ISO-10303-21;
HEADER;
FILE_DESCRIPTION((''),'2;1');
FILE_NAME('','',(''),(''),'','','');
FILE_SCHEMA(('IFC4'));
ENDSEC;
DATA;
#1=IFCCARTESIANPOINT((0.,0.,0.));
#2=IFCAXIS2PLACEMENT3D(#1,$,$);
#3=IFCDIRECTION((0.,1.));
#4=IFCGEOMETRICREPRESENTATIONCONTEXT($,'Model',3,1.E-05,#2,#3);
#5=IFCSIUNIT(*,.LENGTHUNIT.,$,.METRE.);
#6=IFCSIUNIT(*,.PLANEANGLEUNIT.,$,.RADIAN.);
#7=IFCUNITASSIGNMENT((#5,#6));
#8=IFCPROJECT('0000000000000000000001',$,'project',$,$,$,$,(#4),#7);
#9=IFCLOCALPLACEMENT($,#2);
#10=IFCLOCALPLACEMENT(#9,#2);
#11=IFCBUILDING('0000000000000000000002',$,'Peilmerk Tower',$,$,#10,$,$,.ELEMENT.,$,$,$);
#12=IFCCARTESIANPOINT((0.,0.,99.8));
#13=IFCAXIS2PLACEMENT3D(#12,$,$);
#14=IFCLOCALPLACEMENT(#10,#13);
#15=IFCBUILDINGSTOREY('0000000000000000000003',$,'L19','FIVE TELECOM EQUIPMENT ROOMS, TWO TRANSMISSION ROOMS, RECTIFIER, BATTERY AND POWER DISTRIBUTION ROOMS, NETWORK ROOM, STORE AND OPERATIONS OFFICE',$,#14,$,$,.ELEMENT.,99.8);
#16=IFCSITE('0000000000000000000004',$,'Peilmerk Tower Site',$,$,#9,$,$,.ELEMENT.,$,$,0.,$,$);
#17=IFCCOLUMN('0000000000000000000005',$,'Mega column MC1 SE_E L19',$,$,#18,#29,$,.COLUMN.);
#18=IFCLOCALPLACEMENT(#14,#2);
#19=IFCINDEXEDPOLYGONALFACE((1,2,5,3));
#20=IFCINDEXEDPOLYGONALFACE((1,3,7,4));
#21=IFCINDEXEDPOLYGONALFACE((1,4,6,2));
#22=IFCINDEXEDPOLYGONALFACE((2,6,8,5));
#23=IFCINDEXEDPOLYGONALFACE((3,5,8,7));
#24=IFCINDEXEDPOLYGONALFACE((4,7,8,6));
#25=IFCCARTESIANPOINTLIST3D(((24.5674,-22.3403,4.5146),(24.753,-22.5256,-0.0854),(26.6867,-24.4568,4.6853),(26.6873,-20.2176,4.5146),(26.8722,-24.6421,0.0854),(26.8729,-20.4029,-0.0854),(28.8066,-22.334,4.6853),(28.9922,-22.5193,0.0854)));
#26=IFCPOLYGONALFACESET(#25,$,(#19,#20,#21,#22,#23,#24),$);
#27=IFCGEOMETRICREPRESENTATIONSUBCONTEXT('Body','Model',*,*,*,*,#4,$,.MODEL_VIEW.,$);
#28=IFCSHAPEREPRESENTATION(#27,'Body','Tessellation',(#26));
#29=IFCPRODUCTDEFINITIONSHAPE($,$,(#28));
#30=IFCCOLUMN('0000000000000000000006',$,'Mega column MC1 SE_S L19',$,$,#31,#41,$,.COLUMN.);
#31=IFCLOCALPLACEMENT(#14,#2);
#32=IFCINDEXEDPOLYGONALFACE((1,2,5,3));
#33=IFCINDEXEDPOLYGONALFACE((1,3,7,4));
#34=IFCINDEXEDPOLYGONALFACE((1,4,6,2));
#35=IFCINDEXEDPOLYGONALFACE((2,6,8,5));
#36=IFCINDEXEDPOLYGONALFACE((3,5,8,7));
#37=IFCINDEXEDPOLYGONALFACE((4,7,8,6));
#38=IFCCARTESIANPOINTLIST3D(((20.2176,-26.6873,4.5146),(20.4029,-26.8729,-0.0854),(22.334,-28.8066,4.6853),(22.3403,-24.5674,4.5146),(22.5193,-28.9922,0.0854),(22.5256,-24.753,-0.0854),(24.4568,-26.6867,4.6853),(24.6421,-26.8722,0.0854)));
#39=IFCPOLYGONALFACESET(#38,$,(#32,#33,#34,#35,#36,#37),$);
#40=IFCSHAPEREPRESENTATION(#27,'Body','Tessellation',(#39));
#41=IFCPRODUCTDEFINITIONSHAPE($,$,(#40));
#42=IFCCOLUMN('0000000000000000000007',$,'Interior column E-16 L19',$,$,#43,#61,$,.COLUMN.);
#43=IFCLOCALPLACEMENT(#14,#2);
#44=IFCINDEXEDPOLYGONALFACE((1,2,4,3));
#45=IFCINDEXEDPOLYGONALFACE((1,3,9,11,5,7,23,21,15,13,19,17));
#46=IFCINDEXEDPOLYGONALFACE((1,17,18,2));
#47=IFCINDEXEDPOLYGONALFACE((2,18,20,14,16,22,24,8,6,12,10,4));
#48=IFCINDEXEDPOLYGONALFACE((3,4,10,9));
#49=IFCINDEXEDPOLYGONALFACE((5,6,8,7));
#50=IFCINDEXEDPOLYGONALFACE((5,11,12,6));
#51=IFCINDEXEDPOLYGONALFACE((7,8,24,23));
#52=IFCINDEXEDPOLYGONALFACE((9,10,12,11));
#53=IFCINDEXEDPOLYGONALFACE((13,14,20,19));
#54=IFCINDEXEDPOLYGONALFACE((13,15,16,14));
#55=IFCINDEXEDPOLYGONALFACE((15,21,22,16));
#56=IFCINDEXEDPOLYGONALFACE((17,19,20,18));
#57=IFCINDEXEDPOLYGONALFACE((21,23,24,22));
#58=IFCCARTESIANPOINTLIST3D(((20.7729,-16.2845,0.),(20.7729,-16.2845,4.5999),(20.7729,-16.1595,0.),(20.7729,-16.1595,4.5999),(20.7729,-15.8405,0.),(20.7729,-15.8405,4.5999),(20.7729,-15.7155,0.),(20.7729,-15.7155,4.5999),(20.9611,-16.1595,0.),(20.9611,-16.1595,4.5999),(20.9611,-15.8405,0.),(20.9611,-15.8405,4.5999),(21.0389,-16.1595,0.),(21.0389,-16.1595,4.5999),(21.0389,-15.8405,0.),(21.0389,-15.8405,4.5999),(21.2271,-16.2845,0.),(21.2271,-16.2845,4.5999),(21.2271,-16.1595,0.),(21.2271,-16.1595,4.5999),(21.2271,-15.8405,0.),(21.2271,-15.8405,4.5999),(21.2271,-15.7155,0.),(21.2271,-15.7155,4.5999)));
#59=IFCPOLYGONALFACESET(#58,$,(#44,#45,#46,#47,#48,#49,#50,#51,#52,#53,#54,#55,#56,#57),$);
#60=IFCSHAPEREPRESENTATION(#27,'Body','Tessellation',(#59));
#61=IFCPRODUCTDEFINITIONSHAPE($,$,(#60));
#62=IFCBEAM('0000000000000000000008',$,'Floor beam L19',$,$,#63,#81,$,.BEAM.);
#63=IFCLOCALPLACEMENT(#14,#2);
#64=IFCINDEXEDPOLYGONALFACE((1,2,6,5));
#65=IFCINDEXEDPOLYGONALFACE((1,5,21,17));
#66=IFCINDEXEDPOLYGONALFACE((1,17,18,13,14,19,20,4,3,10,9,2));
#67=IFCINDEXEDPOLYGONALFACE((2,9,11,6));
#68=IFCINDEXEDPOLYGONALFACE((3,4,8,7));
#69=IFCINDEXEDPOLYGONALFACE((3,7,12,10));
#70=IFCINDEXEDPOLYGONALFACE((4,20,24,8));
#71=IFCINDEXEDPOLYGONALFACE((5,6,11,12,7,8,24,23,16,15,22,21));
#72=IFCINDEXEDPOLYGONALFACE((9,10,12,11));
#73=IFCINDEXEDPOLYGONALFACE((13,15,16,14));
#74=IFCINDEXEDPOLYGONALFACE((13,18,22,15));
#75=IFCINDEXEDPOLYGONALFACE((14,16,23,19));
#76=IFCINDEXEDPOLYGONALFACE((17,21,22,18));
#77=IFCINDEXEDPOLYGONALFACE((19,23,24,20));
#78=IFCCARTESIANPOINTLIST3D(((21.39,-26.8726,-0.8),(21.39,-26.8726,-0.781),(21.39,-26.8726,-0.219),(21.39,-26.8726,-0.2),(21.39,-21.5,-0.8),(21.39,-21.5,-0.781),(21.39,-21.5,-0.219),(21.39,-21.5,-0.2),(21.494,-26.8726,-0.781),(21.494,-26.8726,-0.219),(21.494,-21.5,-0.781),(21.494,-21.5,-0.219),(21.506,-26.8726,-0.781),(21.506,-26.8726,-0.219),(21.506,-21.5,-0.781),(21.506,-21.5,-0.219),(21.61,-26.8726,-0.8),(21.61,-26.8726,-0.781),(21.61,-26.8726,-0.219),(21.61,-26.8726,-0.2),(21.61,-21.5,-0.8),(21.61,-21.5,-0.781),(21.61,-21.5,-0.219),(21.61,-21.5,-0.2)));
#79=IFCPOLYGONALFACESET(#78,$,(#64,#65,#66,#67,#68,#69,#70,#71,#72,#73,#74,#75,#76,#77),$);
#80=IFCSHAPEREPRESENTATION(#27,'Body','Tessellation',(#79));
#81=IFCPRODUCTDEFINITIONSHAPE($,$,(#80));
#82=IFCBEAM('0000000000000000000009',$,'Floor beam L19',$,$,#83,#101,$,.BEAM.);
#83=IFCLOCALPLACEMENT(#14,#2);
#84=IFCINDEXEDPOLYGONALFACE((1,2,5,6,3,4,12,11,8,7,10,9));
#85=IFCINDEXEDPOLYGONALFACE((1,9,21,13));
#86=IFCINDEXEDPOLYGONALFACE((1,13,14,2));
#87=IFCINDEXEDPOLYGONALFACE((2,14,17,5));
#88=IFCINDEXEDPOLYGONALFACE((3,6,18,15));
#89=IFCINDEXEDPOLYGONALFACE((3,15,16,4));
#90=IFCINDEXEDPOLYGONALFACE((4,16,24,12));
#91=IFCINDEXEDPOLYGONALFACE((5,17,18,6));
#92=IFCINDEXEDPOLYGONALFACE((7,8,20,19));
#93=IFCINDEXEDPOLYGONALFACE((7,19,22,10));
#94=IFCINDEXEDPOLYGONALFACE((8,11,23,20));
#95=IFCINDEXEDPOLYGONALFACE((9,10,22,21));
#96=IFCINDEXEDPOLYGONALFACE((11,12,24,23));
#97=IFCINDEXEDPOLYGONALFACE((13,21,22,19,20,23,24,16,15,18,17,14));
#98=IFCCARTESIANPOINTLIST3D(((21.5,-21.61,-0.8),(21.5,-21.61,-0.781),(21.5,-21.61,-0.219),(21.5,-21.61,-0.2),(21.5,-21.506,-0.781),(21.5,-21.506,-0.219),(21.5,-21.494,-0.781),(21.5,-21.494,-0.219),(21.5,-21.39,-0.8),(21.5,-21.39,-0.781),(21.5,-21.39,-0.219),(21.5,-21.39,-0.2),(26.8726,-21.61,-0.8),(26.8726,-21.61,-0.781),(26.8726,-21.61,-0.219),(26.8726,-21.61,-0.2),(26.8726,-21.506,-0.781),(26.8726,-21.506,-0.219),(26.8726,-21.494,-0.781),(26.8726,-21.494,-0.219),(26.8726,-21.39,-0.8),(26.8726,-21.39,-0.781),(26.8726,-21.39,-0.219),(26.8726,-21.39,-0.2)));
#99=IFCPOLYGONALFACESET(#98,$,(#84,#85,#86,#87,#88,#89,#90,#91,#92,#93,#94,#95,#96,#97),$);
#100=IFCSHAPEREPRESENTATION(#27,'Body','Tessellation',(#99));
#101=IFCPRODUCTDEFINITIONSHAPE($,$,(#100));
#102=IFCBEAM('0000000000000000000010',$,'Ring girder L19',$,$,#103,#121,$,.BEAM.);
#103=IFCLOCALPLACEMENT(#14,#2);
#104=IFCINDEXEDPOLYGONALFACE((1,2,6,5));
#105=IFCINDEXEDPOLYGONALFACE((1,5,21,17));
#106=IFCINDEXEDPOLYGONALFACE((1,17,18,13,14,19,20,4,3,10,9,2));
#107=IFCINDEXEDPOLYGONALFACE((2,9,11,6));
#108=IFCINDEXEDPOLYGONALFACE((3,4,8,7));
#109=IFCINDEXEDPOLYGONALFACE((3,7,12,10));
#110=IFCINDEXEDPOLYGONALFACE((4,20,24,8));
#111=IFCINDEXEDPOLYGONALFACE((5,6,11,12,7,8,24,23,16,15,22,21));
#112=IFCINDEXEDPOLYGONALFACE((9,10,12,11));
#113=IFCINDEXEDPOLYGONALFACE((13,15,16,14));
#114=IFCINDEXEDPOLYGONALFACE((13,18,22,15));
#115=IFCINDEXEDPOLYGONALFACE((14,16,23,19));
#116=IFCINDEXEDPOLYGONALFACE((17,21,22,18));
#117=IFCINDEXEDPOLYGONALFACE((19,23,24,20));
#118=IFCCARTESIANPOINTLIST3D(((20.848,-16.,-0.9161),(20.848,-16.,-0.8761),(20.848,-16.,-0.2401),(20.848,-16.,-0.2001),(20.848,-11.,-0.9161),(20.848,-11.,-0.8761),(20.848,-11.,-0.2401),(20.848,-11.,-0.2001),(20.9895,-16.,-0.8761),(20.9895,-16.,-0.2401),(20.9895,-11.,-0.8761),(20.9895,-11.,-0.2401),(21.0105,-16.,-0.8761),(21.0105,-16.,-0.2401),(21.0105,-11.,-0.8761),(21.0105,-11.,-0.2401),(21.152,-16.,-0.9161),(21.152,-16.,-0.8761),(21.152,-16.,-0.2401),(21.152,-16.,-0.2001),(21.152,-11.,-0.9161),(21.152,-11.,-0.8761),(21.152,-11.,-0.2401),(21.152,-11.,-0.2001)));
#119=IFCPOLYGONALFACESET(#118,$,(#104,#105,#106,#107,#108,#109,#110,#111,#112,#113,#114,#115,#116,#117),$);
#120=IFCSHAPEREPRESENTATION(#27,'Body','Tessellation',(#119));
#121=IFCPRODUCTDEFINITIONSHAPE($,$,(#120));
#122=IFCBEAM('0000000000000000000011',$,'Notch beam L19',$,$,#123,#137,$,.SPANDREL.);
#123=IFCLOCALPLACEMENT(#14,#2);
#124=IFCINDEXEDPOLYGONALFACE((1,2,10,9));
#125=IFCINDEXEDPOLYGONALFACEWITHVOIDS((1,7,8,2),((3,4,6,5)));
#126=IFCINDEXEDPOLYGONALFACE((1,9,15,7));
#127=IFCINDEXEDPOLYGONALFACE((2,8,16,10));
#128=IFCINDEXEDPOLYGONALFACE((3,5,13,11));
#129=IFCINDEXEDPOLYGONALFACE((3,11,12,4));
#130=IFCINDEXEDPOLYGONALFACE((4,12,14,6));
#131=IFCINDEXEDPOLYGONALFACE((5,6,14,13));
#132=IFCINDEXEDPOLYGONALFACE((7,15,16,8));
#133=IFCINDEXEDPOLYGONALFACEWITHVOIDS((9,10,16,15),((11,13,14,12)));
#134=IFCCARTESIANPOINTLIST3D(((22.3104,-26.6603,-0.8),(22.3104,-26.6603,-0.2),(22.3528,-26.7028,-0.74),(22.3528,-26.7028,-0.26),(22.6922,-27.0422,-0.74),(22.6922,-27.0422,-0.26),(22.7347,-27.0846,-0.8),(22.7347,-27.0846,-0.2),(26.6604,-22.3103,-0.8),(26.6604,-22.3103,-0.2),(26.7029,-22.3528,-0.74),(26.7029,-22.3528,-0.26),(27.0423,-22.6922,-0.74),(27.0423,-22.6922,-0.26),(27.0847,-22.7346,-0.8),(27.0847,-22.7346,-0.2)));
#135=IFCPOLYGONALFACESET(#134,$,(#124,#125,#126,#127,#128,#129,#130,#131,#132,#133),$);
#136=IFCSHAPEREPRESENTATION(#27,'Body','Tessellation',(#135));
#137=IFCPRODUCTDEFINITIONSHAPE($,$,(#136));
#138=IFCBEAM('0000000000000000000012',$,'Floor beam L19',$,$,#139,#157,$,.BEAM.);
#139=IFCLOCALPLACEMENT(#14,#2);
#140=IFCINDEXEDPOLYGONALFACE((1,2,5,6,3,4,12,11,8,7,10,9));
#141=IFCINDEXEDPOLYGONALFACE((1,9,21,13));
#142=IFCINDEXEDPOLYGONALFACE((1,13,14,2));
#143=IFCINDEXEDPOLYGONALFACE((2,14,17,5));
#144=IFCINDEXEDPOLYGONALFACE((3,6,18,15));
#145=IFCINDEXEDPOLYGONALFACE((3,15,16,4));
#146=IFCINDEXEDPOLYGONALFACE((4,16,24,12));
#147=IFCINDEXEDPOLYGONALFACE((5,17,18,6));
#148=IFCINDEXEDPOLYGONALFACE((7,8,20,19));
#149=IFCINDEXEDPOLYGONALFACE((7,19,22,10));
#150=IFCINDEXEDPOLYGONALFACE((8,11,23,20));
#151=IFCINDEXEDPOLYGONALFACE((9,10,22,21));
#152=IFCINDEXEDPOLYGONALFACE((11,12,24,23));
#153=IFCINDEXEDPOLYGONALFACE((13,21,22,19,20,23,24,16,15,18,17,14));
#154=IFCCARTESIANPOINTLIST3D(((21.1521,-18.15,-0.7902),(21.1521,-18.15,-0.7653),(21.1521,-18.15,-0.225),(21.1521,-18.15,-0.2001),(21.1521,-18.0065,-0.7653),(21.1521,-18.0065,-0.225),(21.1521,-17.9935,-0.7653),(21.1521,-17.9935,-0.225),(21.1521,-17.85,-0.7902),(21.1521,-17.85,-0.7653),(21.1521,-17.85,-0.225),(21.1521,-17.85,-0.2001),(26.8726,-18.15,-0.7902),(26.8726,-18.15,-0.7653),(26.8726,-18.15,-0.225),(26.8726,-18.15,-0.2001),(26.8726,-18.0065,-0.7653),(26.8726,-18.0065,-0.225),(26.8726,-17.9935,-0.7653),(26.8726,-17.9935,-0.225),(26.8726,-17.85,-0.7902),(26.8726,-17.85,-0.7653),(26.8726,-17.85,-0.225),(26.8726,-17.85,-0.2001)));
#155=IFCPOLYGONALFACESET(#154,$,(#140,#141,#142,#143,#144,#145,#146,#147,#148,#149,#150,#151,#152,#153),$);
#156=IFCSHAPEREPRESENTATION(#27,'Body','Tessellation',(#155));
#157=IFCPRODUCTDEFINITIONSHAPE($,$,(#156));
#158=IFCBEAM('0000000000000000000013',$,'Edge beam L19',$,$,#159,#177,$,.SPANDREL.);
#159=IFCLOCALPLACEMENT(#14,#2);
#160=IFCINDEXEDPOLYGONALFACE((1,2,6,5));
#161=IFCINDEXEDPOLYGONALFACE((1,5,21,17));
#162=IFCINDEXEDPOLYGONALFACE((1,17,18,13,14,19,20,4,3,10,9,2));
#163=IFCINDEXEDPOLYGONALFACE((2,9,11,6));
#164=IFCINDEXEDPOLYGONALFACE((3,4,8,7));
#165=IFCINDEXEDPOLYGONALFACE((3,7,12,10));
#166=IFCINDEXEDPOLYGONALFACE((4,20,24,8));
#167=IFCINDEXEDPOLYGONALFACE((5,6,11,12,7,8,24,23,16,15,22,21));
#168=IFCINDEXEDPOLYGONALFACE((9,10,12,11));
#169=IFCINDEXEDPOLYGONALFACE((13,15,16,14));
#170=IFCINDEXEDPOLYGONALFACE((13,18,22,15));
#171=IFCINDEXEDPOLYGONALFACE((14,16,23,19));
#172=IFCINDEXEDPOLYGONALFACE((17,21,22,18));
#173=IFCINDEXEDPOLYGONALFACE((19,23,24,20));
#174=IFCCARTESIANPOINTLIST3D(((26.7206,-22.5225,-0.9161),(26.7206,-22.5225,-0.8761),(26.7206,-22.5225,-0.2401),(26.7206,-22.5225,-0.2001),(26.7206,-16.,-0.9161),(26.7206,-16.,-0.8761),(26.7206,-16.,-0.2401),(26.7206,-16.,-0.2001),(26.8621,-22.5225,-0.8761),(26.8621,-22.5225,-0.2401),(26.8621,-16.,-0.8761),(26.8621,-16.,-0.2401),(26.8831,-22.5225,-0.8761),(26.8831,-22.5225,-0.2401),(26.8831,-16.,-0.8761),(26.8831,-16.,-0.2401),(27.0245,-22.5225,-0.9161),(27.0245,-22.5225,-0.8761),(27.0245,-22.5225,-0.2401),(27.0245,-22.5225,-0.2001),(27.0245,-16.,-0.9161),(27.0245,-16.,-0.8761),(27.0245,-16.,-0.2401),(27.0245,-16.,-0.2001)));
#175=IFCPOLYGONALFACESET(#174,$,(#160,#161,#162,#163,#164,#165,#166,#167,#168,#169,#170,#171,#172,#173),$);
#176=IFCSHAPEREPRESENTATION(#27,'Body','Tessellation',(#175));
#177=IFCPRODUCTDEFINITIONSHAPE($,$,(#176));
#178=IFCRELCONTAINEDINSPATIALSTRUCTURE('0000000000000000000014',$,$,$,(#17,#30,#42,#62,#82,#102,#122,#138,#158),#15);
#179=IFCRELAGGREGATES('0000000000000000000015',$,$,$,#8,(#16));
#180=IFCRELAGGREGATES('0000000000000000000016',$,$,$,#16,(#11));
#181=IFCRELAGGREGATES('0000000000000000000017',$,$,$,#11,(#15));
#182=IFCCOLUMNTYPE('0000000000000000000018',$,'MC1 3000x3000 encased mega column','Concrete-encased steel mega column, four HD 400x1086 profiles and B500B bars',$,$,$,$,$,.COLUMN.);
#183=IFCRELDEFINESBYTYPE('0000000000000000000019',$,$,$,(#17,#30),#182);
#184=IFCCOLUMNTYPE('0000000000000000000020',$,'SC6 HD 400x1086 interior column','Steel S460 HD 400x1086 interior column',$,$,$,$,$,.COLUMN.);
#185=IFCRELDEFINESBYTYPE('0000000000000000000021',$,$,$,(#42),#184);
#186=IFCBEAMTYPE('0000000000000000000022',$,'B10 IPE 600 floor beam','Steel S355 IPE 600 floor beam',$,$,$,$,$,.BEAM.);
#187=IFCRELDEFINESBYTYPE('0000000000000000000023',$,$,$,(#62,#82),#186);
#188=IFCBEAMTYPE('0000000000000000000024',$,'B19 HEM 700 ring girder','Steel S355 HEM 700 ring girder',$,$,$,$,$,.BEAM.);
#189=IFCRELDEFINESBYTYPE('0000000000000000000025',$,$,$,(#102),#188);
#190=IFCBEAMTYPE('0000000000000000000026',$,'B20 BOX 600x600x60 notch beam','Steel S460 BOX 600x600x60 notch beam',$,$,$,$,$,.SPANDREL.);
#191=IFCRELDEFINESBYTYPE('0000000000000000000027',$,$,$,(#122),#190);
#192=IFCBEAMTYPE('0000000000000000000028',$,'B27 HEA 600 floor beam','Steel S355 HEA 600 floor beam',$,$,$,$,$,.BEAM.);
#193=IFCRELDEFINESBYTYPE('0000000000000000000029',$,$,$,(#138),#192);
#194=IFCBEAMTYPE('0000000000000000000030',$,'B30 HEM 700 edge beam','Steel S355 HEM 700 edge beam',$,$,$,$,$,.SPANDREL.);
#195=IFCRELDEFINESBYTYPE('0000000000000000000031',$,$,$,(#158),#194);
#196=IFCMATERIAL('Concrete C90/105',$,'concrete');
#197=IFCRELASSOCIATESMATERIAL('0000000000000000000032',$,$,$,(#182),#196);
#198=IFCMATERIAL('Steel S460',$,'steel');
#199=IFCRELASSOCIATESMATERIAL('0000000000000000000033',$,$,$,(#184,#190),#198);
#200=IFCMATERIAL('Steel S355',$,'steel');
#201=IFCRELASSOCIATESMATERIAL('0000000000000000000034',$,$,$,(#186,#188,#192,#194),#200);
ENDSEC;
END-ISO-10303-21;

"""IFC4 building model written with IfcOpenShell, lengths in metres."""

from ifc_helpers import new_model, si_unit, direction, frame, origin, origin_2d, place, context, subcontext, project, spatial, rectangle, hollow_rectangle, i_section, extrude, material, material_profile, profile_set, type_object, element, save


model = new_model("IFC4")

# Units and contexts
model_context = context("Model", 3, precision=1e-05, world=origin(), true_north=direction((0.0, 1.0)))
body_context = subcontext(model_context, "Body", "Model", "MODEL_VIEW")
ifc_project = project(units=[si_unit("LENGTHUNIT", "METRE"), si_unit("PLANEANGLEUNIT", "RADIAN")], contexts=[model_context])

# Site, building, storey
site_placement = place(None, origin())
site = spatial("IfcSite", under=ifc_project, at=site_placement, Name="Peilmerk Tower Site", CompositionType="ELEMENT", RefElevation=0.0)
building_placement = place(site_placement, origin())
building = spatial("IfcBuilding", under=site, at=building_placement, Name="Peilmerk Tower", CompositionType="ELEMENT")
storey_placement = place(building_placement, frame((0.0, 0.0, 99.8)))
storey = spatial("IfcBuildingStorey", under=building, at=storey_placement, Name="L19", Description="FIVE TELECOM EQUIPMENT ROOMS, TWO TRANSMISSION ROOMS, RECTIFIER, BATTERY AND POWER DISTRIBUTION ROOMS, NETWORK ROOM, STORE AND OPERATIONS OFFICE", CompositionType="ELEMENT", Elevation=99.8)

# Columns
ifc_material_1 = material(Name="Concrete C90/105", Category="concrete")
ifc_material_profile_1 = material_profile(ifc_material_1, rectangle(XDim=3.0, YDim=3.0, at=origin_2d()), Name="RC 3000x3000")
ifc_profile_set_1 = profile_set([ifc_material_profile_1], Name="Concrete C90/105")
column_type_1 = type_object("IfcColumnType", Name="MC1 3000x3000 encased mega column", Description="Concrete-encased steel mega column, four HD 400x1086 profiles and B500B bars", PredefinedType="COLUMN", material=ifc_profile_set_1)
for number, where, z_axis, x_axis, name in (
    (1, (26.8726, -22.5225, 0.0), (-0.040272, 0.040219, 0.998379), (-0.706641, -0.707572, 0.0), "Mega column MC1 SE_E L19"),
    (2, (22.5225, -26.8726, 0.0), (-0.040219, 0.040272, 0.998379), (-0.707572, -0.706641, 0.0), "Mega column MC1 SE_S L19"),
):
    element("IfcColumn", number, at=place(storey_placement, frame(where, z_axis=z_axis, x_axis=x_axis)), inside=storey, type_object=column_type_1, Name=name, PredefinedType="COLUMN", context=body_context, shape_type="SweptSolid", body=[
        extrude(rectangle(XDim=3.0, YDim=3.0, at=origin_2d()), origin(), (0.0, 0.0, 1.0), 4.6074),
    ])
ifc_material_2 = material(Name="Steel S460", Category="steel")
ifc_material_profile_2 = material_profile(ifc_material_2, i_section(OverallWidth=0.4541, OverallDepth=0.5691, WebThickness=0.0779, FlangeThickness=0.125, at=origin_2d()), Name="HD 400x1086")
ifc_profile_set_2 = profile_set([ifc_material_profile_2], Name="Steel S460")
column_type_2 = type_object("IfcColumnType", Name="SC6 HD 400x1086 interior column", Description="Steel S460 HD 400x1086 interior column", PredefinedType="COLUMN", material=ifc_profile_set_2)
column_placement = place(storey_placement, frame((21.0, -16.0, 0.0), z_axis=(0.0, 0.0, 1.0), x_axis=(1.0, 0.0, 0.0)))
element("IfcColumn", 3, at=column_placement, inside=storey, type_object=column_type_2, Name="Interior column E-16 L19", PredefinedType="COLUMN", context=body_context, shape_type="SweptSolid", body=[
    extrude(i_section(OverallWidth=0.4541, OverallDepth=0.5691, WebThickness=0.0779, FlangeThickness=0.125, at=origin_2d()), origin(), (0.0, 0.0, 1.0), 4.5999),
])

# Beams
ifc_material_3 = material(Name="Steel S355", Category="steel")
ifc_material_profile_3 = material_profile(ifc_material_3, i_section(OverallWidth=0.22, OverallDepth=0.6001, WebThickness=0.012, FlangeThickness=0.019, at=origin_2d()), Name="IPE 600")
ifc_profile_set_3 = profile_set([ifc_material_profile_3], Name="Steel S355")
beam_type_1 = type_object("IfcBeamType", Name="B10 IPE 600 floor beam", Description="Steel S355 IPE 600 floor beam", PredefinedType="BEAM", material=ifc_profile_set_3)
for number, where, z_axis, x_axis, name in (
    (4, (21.5, -21.5, -0.5), (0.0, -1.0, 0.0), (1.0, 0.0, 0.0), "Floor beam L19"),
    (5, (21.5, -21.5, -0.5), (1.0, 0.0, 0.0), (0.0, 1.0, 0.0), "Floor beam L19"),
):
    element("IfcBeam", number, at=place(storey_placement, frame(where, z_axis=z_axis, x_axis=x_axis)), inside=storey, type_object=beam_type_1, Name=name, PredefinedType="BEAM", context=body_context, shape_type="SweptSolid", body=[
        extrude(i_section(OverallWidth=0.22, OverallDepth=0.6001, WebThickness=0.012, FlangeThickness=0.019, at=origin_2d()), origin(), (0.0, 0.0, 1.0), 5.3726),
    ])
ifc_material_profile_4 = material_profile(ifc_material_3, i_section(OverallWidth=0.304, OverallDepth=0.7161, WebThickness=0.021, FlangeThickness=0.04, at=origin_2d()), Name="HEM 700")
ifc_profile_set_4 = profile_set([ifc_material_profile_4], Name="Steel S355")
beam_type_2 = type_object("IfcBeamType", Name="B19 HEM 700 ring girder", Description="Steel S355 HEM 700 ring girder", PredefinedType="BEAM", material=ifc_profile_set_4)
beam_1_placement = place(storey_placement, frame((21.0, -16.0, -0.5581), z_axis=(0.0, 1.0, 0.0), x_axis=(-1.0, 0.0, 0.0)))
element("IfcBeam", 6, at=beam_1_placement, inside=storey, type_object=beam_type_2, Name="Ring girder L19", PredefinedType="BEAM", context=body_context, shape_type="SweptSolid", body=[
    extrude(i_section(OverallWidth=0.304, OverallDepth=0.7161, WebThickness=0.021, FlangeThickness=0.04, at=origin_2d()), origin(), (0.0, 0.0, 1.0), 5.0),
])
ifc_material_profile_5 = material_profile(ifc_material_2, hollow_rectangle(XDim=0.6001, YDim=0.6001, WallThickness=0.0601, at=origin_2d()), Name="BOX 600x600x60")
ifc_profile_set_5 = profile_set([ifc_material_profile_5], Name="Steel S460")
beam_type_3 = type_object("IfcBeamType", Name="B20 BOX 600x600x60 notch beam", Description="Steel S460 BOX 600x600x60 notch beam", PredefinedType="SPANDREL", material=ifc_profile_set_5)
beam_2_placement = place(storey_placement, frame((26.8726, -22.5225, -0.5), z_axis=(-0.707107, -0.707107, 0.0), x_axis=(0.707107, -0.707107, 0.0)))
element("IfcBeam", 7, at=beam_2_placement, inside=storey, type_object=beam_type_3, Name="Notch beam L19", PredefinedType="SPANDREL", context=body_context, shape_type="SweptSolid", body=[
    extrude(hollow_rectangle(XDim=0.6001, YDim=0.6001, WallThickness=0.0601, at=origin_2d()), origin(), (0.0, 0.0, 1.0), 6.1519),
])
ifc_material_profile_6 = material_profile(ifc_material_3, i_section(OverallWidth=0.3, OverallDepth=0.5901, WebThickness=0.0129, FlangeThickness=0.0249, at=origin_2d()), Name="HEA 600")
ifc_profile_set_6 = profile_set([ifc_material_profile_6], Name="Steel S355")
beam_type_4 = type_object("IfcBeamType", Name="B27 HEA 600 floor beam", Description="Steel S355 HEA 600 floor beam", PredefinedType="BEAM", material=ifc_profile_set_6)
beam_3_placement = place(storey_placement, frame((21.1521, -18.0, -0.4951), z_axis=(1.0, 0.0, 0.0), x_axis=(0.0, 1.0, 0.0)))
element("IfcBeam", 8, at=beam_3_placement, inside=storey, type_object=beam_type_4, Name="Floor beam L19", PredefinedType="BEAM", context=body_context, shape_type="SweptSolid", body=[
    extrude(i_section(OverallWidth=0.3, OverallDepth=0.5901, WebThickness=0.0129, FlangeThickness=0.0249, at=origin_2d()), origin(), (0.0, 0.0, 1.0), 5.7205),
])
ifc_material_profile_7 = material_profile(ifc_material_3, i_section(OverallWidth=0.304, OverallDepth=0.7161, WebThickness=0.021, FlangeThickness=0.04, at=origin_2d()), Name="HEM 700")
ifc_profile_set_7 = profile_set([ifc_material_profile_7], Name="Steel S355")
beam_type_5 = type_object("IfcBeamType", Name="B30 HEM 700 edge beam", Description="Steel S355 HEM 700 edge beam", PredefinedType="SPANDREL", material=ifc_profile_set_7)
beam_4_placement = place(storey_placement, frame((26.8726, -22.5225, -0.5581), z_axis=(0.0, 1.0, 0.0), x_axis=(-1.0, 0.0, 0.0)))
element("IfcBeam", 9, at=beam_4_placement, inside=storey, type_object=beam_type_5, Name="Edge beam L19", PredefinedType="SPANDREL", context=body_context, shape_type="SweptSolid", body=[
    extrude(i_section(OverallWidth=0.304, OverallDepth=0.7161, WebThickness=0.021, FlangeThickness=0.04, at=origin_2d()), origin(), (0.0, 0.0, 1.0), 6.5225),
])

save(model, "model.ifc")
